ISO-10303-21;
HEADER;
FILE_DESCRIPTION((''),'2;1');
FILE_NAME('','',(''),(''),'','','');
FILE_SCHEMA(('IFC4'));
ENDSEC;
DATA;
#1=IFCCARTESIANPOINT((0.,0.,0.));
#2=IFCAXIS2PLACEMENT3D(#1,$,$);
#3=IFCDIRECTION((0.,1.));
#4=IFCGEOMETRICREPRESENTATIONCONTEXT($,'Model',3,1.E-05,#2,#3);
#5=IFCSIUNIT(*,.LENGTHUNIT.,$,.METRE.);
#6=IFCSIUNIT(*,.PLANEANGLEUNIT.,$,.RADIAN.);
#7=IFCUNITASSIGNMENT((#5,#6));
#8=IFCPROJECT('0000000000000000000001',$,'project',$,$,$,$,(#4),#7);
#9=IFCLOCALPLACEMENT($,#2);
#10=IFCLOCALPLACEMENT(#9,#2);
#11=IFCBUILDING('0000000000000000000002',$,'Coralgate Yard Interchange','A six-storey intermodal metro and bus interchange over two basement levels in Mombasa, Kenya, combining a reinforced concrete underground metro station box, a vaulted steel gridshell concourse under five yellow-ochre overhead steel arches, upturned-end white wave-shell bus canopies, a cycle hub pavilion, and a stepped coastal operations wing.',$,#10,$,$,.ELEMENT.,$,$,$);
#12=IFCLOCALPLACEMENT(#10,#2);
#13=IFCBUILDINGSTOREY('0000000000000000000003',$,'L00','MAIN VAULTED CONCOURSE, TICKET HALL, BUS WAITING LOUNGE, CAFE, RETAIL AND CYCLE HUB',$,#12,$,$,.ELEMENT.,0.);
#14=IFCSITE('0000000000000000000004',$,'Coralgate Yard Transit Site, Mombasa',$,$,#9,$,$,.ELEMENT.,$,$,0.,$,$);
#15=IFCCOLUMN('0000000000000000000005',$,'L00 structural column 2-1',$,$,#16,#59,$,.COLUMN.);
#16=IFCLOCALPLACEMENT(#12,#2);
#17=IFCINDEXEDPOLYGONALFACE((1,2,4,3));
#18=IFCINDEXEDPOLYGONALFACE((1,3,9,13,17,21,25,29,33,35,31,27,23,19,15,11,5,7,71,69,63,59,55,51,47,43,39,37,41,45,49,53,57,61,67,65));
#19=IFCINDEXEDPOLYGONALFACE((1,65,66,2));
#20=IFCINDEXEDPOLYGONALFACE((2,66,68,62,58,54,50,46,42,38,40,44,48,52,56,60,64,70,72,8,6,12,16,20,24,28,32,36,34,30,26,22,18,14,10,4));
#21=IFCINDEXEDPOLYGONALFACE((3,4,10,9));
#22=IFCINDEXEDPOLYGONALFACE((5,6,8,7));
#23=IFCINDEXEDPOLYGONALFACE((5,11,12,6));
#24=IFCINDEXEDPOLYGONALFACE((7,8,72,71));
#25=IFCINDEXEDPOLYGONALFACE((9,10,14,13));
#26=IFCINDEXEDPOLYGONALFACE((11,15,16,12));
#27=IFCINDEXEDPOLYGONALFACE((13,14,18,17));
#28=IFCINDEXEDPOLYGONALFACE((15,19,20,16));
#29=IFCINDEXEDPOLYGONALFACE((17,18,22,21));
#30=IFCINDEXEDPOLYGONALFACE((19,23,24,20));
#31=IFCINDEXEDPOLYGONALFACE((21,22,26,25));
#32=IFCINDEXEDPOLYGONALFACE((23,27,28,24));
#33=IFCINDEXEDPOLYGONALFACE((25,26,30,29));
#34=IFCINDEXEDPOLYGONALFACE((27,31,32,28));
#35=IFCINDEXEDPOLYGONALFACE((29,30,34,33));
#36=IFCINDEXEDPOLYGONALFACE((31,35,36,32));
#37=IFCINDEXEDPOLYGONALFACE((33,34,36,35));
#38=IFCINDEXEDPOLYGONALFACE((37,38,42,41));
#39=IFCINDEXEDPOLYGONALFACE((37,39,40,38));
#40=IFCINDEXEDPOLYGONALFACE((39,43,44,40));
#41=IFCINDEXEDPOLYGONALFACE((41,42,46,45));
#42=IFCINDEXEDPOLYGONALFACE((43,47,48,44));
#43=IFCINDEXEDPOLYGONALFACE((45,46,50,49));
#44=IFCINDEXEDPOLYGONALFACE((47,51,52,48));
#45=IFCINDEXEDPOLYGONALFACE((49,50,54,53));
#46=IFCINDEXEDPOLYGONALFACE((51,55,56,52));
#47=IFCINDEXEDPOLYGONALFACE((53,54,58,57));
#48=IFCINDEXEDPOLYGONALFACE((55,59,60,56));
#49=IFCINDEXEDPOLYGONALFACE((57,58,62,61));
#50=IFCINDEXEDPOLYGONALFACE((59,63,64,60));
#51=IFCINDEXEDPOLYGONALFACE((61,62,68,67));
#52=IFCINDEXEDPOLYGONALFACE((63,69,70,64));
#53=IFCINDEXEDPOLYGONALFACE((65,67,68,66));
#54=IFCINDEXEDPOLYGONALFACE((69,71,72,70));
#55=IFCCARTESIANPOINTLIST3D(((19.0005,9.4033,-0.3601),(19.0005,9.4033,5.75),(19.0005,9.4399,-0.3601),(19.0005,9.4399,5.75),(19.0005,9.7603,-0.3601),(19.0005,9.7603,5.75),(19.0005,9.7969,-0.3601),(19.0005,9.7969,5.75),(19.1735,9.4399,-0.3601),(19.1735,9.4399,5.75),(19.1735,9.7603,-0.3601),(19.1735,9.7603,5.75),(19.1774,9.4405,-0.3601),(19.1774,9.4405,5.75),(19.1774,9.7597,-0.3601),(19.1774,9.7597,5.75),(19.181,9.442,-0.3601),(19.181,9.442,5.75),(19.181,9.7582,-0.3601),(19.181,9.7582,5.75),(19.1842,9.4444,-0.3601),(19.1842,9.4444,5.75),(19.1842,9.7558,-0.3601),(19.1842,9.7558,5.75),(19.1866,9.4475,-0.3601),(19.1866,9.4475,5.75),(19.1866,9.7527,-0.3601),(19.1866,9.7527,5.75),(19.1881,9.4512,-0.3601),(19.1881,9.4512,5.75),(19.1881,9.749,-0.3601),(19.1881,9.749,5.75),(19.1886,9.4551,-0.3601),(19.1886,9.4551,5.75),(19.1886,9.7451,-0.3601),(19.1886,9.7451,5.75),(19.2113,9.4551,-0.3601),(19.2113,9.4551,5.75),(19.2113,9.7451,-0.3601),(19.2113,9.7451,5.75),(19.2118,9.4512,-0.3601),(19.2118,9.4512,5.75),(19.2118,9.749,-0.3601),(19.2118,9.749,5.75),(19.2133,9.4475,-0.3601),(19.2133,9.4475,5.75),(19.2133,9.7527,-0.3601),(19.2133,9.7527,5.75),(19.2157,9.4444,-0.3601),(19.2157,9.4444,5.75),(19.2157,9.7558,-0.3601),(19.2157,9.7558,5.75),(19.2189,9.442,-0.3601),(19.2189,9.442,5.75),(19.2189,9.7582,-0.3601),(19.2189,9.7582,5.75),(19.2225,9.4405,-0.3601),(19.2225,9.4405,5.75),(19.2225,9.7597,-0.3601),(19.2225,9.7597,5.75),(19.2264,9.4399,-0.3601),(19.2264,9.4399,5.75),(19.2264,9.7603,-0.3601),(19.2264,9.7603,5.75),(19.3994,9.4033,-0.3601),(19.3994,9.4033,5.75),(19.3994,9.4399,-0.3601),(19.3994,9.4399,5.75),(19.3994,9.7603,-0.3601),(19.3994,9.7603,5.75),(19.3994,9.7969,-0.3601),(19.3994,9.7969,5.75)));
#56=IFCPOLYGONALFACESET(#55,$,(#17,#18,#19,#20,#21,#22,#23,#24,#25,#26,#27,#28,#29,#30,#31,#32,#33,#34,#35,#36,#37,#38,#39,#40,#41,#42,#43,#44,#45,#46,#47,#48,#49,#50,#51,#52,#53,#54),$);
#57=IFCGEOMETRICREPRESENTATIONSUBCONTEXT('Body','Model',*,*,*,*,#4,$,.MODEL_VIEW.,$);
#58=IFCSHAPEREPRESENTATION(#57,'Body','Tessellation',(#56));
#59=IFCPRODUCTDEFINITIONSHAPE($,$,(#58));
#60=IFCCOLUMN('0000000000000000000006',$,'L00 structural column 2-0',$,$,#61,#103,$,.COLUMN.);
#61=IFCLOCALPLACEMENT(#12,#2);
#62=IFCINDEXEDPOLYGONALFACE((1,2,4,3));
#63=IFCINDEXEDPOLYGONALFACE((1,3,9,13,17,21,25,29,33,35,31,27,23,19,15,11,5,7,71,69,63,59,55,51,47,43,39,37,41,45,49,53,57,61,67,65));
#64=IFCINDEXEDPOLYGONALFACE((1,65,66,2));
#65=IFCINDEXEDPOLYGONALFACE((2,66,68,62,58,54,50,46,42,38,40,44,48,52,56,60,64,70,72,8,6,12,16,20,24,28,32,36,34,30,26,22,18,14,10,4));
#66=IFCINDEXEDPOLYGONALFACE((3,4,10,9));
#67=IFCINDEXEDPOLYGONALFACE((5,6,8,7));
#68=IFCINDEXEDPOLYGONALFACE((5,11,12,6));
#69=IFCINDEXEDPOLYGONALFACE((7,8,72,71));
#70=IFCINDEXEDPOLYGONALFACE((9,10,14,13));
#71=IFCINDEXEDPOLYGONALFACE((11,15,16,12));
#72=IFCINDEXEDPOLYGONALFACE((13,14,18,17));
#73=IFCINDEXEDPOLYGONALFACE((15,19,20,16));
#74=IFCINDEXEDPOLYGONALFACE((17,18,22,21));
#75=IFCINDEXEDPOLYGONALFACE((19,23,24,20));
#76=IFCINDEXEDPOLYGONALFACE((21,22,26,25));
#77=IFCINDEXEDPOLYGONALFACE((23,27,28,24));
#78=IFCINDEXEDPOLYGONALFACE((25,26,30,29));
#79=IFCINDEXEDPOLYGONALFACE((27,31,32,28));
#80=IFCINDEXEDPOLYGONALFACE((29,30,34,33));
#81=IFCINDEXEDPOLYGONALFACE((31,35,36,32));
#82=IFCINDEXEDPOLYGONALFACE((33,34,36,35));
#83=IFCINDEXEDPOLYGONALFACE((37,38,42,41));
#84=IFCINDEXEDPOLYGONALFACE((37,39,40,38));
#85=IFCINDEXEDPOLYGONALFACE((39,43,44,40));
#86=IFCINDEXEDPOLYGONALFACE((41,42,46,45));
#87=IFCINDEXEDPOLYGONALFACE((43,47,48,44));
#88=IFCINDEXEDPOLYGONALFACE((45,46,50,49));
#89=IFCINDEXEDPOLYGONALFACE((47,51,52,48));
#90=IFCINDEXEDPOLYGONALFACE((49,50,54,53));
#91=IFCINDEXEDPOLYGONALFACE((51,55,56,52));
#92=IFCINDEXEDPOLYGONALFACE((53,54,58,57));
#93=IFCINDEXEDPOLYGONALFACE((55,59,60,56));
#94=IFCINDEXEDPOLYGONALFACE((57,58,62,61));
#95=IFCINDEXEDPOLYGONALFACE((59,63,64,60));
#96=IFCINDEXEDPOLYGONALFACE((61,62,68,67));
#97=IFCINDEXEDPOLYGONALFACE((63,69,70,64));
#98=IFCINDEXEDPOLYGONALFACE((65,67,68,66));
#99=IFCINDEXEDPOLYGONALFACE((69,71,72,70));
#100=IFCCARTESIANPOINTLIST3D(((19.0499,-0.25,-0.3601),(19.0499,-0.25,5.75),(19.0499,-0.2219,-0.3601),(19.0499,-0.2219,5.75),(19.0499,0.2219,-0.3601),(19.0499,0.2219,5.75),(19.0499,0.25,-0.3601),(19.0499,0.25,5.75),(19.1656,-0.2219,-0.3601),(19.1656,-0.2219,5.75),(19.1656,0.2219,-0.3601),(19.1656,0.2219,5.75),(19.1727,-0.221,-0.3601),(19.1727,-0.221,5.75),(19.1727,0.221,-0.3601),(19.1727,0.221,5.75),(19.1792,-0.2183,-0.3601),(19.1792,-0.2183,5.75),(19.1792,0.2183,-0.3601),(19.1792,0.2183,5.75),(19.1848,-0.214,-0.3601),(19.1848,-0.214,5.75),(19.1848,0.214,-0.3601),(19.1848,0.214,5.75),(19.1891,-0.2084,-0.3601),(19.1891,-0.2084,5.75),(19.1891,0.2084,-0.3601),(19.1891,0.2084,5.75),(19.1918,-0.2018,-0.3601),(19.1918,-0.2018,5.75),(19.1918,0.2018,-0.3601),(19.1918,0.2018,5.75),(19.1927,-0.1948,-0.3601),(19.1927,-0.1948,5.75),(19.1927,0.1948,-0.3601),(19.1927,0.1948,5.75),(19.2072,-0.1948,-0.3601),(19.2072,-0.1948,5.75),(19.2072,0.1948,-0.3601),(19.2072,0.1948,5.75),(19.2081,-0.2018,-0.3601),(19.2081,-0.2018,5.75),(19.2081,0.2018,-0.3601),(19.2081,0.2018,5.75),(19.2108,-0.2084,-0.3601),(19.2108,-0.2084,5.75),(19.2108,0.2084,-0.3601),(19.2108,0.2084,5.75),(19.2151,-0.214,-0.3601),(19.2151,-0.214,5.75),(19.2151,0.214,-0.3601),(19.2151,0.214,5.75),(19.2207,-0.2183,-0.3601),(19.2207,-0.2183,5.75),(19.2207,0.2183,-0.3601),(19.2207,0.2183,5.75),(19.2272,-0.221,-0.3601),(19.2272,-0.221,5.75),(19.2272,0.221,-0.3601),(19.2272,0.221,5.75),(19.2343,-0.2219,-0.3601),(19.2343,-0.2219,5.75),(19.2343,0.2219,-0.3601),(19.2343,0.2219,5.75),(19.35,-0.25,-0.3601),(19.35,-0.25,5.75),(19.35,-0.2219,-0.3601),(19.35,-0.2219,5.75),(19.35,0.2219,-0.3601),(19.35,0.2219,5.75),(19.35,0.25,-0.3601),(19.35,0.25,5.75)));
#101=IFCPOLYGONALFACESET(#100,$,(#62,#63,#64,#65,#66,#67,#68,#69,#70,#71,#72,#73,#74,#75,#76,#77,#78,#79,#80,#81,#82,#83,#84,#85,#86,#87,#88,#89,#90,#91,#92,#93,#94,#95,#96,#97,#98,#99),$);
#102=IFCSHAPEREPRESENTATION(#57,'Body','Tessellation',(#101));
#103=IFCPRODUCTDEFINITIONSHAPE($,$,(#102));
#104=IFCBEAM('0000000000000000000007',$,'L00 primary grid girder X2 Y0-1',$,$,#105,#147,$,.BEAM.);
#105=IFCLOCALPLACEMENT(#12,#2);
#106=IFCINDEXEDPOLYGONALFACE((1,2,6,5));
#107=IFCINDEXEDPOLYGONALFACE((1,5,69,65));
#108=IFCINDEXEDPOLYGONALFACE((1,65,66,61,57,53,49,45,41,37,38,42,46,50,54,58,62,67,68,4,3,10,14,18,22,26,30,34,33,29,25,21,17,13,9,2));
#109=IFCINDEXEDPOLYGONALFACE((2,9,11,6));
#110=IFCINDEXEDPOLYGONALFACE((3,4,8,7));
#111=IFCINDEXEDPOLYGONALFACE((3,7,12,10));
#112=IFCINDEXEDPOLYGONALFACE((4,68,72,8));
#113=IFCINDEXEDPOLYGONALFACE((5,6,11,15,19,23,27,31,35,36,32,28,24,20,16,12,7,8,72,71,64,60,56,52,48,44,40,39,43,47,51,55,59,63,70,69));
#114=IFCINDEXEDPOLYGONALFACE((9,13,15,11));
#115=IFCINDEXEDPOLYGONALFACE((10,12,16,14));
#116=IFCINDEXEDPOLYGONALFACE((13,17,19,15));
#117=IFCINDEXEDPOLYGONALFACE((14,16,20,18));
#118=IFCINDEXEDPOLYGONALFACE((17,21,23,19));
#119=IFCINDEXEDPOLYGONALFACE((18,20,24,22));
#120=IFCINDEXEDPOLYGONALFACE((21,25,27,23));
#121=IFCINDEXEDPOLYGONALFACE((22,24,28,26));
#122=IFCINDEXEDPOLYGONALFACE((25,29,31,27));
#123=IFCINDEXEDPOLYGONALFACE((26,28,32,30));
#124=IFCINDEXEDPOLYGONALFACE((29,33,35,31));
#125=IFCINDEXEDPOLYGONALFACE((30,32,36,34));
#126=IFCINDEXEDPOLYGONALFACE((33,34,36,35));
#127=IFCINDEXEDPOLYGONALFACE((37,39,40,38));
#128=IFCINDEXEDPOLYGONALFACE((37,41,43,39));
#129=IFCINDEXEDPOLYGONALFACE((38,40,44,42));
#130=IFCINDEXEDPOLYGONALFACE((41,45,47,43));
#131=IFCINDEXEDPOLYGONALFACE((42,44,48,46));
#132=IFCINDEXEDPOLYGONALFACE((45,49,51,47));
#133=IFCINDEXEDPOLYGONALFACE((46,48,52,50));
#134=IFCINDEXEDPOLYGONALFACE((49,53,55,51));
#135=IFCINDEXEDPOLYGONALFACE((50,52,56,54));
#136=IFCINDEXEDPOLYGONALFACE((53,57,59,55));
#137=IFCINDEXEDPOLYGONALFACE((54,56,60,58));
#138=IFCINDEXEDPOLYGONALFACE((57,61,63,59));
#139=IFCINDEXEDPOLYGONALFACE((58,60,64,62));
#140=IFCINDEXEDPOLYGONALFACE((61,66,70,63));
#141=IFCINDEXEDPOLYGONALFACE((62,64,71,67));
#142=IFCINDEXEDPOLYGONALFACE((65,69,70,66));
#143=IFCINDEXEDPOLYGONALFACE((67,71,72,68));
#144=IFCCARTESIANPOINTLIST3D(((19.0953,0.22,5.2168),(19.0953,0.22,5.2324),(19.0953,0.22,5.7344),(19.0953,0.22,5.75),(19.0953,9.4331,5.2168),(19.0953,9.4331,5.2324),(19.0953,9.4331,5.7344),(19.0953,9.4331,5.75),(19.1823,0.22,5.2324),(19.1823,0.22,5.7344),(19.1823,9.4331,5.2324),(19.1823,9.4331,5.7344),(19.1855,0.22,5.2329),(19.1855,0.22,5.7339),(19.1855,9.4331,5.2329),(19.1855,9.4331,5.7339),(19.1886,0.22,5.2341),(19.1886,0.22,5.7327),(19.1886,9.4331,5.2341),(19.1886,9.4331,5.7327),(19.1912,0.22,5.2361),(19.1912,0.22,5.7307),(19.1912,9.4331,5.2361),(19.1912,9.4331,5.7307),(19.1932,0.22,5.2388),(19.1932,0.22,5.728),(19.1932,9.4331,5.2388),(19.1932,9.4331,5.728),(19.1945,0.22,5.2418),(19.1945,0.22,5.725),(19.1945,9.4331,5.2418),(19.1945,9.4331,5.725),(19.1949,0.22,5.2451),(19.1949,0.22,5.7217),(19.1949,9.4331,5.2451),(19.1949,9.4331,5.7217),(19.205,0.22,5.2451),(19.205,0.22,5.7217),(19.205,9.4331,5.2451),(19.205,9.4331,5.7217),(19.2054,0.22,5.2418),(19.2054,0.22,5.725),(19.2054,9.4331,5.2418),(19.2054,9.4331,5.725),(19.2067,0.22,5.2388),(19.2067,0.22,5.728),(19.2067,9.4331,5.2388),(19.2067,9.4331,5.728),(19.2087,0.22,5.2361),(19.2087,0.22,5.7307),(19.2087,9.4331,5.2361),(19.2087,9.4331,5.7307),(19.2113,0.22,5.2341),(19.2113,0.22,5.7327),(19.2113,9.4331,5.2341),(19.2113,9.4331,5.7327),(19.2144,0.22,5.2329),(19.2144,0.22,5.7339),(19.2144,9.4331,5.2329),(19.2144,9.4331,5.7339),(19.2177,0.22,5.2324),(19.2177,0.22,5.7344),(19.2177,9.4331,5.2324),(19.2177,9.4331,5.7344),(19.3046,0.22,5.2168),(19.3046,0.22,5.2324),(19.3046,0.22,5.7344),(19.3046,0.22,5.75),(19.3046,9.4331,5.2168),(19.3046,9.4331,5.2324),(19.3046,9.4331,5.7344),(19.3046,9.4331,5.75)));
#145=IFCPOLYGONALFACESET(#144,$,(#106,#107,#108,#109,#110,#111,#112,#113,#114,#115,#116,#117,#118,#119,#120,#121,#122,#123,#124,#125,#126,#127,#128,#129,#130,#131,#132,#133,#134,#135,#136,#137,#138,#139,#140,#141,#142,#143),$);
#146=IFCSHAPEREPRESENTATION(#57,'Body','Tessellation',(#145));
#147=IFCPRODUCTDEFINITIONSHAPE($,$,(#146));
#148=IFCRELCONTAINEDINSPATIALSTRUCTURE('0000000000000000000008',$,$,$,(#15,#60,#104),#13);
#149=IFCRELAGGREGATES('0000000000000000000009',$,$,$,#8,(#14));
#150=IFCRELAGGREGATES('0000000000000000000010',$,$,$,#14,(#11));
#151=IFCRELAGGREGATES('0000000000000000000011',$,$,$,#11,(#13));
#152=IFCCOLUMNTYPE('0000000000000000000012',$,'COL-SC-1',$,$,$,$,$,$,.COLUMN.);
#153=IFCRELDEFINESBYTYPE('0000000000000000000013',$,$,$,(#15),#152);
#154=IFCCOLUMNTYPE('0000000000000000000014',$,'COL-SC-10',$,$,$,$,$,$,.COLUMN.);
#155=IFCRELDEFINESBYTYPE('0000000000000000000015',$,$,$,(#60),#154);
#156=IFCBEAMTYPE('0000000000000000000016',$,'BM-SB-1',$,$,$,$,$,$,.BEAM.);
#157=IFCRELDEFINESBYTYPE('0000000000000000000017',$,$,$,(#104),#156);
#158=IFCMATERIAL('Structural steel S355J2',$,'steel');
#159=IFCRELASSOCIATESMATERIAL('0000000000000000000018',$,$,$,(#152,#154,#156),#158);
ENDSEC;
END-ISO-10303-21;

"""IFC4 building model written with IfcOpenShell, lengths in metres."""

from ifc_helpers import new_model, si_unit, direction, frame, origin, origin_2d, place, context, subcontext, project, spatial, i_section, extrude, material, material_profile, profile_set, type_object, element, save


model = new_model("IFC4")

# Units and contexts
model_context = context("Model", 3, precision=1e-05, world=origin(), true_north=direction((0.0, 1.0)))
body_context = subcontext(model_context, "Body", "Model", "MODEL_VIEW")
ifc_project = project(units=[si_unit("LENGTHUNIT", "METRE"), si_unit("PLANEANGLEUNIT", "RADIAN")], contexts=[model_context])

# Site, building, storey
site_placement = place(None, origin())
site = spatial("IfcSite", under=ifc_project, at=site_placement, Name="Coralgate Yard Transit Site, Mombasa", CompositionType="ELEMENT", RefElevation=0.0)
building_placement = place(site_placement, origin())
building = spatial("IfcBuilding", under=site, at=building_placement, Name="Coralgate Yard Interchange", Description="A six-storey intermodal metro and bus interchange over two basement levels in Mombasa, Kenya, combining a reinforced concrete underground metro station box, a vaulted steel gridshell concourse under five yellow-ochre overhead steel arches, upturned-end white wave-shell bus canopies, a cycle hub pavilion, and a stepped coastal operations wing.", CompositionType="ELEMENT")
storey_placement = place(building_placement, origin())
storey = spatial("IfcBuildingStorey", under=building, at=storey_placement, Name="L00", Description="MAIN VAULTED CONCOURSE, TICKET HALL, BUS WAITING LOUNGE, CAFE, RETAIL AND CYCLE HUB", CompositionType="ELEMENT", Elevation=0.0)

# Columns
ifc_material_1 = material(Name="Structural steel S355J2", Category="steel")
ifc_material_profile_1 = material_profile(ifc_material_1, i_section(OverallWidth=0.3989, OverallDepth=0.3936, WebThickness=0.0227, FlangeThickness=0.0366, FilletRadius=0.0151, at=origin_2d()), Name="UC 356x406x287")
ifc_profile_set_1 = profile_set([ifc_material_profile_1], Name="Structural steel S355J2")
column_type_1 = type_object("IfcColumnType", Name="COL-SC-1", PredefinedType="COLUMN", material=ifc_profile_set_1)
column_1_placement = place(storey_placement, frame((19.2, 9.6001, -0.3601), z_axis=(0.0, 0.0, 1.0), x_axis=(1.0, 0.0, 0.0)))
element("IfcColumn", 1, at=column_1_placement, inside=storey, type_object=column_type_1, Name="L00 structural column 2-1", PredefinedType="COLUMN", context=body_context, shape_type="SweptSolid", body=[
    extrude(i_section(OverallWidth=0.3989, OverallDepth=0.3936, WebThickness=0.0227, FlangeThickness=0.0366, FilletRadius=0.0151, at=origin_2d()), origin(), (0.0, 0.0, 1.0), 6.1101),
])
ifc_material_profile_2 = material_profile(ifc_material_1, i_section(OverallWidth=0.3, OverallDepth=0.5, WebThickness=0.0144, FlangeThickness=0.0281, FilletRadius=0.0271, at=origin_2d()), Name="HEB 500")
ifc_profile_set_2 = profile_set([ifc_material_profile_2], Name="Structural steel S355J2")
column_type_2 = type_object("IfcColumnType", Name="COL-SC-10", PredefinedType="COLUMN", material=ifc_profile_set_2)
column_2_placement = place(storey_placement, frame((19.2, 0.0, -0.3601), z_axis=(0.0, 0.0, 1.0), x_axis=(1.0, 0.0, 0.0)))
element("IfcColumn", 2, at=column_2_placement, inside=storey, type_object=column_type_2, Name="L00 structural column 2-0", PredefinedType="COLUMN", context=body_context, shape_type="SweptSolid", body=[
    extrude(i_section(OverallWidth=0.3, OverallDepth=0.5, WebThickness=0.0144, FlangeThickness=0.0281, FilletRadius=0.0271, at=origin_2d()), origin(), (0.0, 0.0, 1.0), 6.1101),
])

# Beam
ifc_material_profile_3 = material_profile(ifc_material_1, i_section(OverallWidth=0.2092, OverallDepth=0.5332, WebThickness=0.01, FlangeThickness=0.0156, FilletRadius=0.0127, at=origin_2d()), Name="UB 533x210x92")
ifc_profile_set_3 = profile_set([ifc_material_profile_3], Name="Structural steel S355J2")
beam_type_1 = type_object("IfcBeamType", Name="BM-SB-1", PredefinedType="BEAM", material=ifc_profile_set_3)
beam_1_placement = place(storey_placement, frame((19.2, 0.22, 5.4834), z_axis=(0.0, 1.0, 0.0), x_axis=(-1.0, 0.0, 0.0)))
element("IfcBeam", 3, at=beam_1_placement, inside=storey, type_object=beam_type_1, Name="L00 primary grid girder X2 Y0-1", PredefinedType="BEAM", context=body_context, shape_type="SweptSolid", body=[
    extrude(i_section(OverallWidth=0.2092, OverallDepth=0.5332, WebThickness=0.01, FlangeThickness=0.0156, FilletRadius=0.0127, at=origin_2d()), origin(), (0.0, 0.0, 1.0), 9.2131),
])

save(model, "model.ifc")
